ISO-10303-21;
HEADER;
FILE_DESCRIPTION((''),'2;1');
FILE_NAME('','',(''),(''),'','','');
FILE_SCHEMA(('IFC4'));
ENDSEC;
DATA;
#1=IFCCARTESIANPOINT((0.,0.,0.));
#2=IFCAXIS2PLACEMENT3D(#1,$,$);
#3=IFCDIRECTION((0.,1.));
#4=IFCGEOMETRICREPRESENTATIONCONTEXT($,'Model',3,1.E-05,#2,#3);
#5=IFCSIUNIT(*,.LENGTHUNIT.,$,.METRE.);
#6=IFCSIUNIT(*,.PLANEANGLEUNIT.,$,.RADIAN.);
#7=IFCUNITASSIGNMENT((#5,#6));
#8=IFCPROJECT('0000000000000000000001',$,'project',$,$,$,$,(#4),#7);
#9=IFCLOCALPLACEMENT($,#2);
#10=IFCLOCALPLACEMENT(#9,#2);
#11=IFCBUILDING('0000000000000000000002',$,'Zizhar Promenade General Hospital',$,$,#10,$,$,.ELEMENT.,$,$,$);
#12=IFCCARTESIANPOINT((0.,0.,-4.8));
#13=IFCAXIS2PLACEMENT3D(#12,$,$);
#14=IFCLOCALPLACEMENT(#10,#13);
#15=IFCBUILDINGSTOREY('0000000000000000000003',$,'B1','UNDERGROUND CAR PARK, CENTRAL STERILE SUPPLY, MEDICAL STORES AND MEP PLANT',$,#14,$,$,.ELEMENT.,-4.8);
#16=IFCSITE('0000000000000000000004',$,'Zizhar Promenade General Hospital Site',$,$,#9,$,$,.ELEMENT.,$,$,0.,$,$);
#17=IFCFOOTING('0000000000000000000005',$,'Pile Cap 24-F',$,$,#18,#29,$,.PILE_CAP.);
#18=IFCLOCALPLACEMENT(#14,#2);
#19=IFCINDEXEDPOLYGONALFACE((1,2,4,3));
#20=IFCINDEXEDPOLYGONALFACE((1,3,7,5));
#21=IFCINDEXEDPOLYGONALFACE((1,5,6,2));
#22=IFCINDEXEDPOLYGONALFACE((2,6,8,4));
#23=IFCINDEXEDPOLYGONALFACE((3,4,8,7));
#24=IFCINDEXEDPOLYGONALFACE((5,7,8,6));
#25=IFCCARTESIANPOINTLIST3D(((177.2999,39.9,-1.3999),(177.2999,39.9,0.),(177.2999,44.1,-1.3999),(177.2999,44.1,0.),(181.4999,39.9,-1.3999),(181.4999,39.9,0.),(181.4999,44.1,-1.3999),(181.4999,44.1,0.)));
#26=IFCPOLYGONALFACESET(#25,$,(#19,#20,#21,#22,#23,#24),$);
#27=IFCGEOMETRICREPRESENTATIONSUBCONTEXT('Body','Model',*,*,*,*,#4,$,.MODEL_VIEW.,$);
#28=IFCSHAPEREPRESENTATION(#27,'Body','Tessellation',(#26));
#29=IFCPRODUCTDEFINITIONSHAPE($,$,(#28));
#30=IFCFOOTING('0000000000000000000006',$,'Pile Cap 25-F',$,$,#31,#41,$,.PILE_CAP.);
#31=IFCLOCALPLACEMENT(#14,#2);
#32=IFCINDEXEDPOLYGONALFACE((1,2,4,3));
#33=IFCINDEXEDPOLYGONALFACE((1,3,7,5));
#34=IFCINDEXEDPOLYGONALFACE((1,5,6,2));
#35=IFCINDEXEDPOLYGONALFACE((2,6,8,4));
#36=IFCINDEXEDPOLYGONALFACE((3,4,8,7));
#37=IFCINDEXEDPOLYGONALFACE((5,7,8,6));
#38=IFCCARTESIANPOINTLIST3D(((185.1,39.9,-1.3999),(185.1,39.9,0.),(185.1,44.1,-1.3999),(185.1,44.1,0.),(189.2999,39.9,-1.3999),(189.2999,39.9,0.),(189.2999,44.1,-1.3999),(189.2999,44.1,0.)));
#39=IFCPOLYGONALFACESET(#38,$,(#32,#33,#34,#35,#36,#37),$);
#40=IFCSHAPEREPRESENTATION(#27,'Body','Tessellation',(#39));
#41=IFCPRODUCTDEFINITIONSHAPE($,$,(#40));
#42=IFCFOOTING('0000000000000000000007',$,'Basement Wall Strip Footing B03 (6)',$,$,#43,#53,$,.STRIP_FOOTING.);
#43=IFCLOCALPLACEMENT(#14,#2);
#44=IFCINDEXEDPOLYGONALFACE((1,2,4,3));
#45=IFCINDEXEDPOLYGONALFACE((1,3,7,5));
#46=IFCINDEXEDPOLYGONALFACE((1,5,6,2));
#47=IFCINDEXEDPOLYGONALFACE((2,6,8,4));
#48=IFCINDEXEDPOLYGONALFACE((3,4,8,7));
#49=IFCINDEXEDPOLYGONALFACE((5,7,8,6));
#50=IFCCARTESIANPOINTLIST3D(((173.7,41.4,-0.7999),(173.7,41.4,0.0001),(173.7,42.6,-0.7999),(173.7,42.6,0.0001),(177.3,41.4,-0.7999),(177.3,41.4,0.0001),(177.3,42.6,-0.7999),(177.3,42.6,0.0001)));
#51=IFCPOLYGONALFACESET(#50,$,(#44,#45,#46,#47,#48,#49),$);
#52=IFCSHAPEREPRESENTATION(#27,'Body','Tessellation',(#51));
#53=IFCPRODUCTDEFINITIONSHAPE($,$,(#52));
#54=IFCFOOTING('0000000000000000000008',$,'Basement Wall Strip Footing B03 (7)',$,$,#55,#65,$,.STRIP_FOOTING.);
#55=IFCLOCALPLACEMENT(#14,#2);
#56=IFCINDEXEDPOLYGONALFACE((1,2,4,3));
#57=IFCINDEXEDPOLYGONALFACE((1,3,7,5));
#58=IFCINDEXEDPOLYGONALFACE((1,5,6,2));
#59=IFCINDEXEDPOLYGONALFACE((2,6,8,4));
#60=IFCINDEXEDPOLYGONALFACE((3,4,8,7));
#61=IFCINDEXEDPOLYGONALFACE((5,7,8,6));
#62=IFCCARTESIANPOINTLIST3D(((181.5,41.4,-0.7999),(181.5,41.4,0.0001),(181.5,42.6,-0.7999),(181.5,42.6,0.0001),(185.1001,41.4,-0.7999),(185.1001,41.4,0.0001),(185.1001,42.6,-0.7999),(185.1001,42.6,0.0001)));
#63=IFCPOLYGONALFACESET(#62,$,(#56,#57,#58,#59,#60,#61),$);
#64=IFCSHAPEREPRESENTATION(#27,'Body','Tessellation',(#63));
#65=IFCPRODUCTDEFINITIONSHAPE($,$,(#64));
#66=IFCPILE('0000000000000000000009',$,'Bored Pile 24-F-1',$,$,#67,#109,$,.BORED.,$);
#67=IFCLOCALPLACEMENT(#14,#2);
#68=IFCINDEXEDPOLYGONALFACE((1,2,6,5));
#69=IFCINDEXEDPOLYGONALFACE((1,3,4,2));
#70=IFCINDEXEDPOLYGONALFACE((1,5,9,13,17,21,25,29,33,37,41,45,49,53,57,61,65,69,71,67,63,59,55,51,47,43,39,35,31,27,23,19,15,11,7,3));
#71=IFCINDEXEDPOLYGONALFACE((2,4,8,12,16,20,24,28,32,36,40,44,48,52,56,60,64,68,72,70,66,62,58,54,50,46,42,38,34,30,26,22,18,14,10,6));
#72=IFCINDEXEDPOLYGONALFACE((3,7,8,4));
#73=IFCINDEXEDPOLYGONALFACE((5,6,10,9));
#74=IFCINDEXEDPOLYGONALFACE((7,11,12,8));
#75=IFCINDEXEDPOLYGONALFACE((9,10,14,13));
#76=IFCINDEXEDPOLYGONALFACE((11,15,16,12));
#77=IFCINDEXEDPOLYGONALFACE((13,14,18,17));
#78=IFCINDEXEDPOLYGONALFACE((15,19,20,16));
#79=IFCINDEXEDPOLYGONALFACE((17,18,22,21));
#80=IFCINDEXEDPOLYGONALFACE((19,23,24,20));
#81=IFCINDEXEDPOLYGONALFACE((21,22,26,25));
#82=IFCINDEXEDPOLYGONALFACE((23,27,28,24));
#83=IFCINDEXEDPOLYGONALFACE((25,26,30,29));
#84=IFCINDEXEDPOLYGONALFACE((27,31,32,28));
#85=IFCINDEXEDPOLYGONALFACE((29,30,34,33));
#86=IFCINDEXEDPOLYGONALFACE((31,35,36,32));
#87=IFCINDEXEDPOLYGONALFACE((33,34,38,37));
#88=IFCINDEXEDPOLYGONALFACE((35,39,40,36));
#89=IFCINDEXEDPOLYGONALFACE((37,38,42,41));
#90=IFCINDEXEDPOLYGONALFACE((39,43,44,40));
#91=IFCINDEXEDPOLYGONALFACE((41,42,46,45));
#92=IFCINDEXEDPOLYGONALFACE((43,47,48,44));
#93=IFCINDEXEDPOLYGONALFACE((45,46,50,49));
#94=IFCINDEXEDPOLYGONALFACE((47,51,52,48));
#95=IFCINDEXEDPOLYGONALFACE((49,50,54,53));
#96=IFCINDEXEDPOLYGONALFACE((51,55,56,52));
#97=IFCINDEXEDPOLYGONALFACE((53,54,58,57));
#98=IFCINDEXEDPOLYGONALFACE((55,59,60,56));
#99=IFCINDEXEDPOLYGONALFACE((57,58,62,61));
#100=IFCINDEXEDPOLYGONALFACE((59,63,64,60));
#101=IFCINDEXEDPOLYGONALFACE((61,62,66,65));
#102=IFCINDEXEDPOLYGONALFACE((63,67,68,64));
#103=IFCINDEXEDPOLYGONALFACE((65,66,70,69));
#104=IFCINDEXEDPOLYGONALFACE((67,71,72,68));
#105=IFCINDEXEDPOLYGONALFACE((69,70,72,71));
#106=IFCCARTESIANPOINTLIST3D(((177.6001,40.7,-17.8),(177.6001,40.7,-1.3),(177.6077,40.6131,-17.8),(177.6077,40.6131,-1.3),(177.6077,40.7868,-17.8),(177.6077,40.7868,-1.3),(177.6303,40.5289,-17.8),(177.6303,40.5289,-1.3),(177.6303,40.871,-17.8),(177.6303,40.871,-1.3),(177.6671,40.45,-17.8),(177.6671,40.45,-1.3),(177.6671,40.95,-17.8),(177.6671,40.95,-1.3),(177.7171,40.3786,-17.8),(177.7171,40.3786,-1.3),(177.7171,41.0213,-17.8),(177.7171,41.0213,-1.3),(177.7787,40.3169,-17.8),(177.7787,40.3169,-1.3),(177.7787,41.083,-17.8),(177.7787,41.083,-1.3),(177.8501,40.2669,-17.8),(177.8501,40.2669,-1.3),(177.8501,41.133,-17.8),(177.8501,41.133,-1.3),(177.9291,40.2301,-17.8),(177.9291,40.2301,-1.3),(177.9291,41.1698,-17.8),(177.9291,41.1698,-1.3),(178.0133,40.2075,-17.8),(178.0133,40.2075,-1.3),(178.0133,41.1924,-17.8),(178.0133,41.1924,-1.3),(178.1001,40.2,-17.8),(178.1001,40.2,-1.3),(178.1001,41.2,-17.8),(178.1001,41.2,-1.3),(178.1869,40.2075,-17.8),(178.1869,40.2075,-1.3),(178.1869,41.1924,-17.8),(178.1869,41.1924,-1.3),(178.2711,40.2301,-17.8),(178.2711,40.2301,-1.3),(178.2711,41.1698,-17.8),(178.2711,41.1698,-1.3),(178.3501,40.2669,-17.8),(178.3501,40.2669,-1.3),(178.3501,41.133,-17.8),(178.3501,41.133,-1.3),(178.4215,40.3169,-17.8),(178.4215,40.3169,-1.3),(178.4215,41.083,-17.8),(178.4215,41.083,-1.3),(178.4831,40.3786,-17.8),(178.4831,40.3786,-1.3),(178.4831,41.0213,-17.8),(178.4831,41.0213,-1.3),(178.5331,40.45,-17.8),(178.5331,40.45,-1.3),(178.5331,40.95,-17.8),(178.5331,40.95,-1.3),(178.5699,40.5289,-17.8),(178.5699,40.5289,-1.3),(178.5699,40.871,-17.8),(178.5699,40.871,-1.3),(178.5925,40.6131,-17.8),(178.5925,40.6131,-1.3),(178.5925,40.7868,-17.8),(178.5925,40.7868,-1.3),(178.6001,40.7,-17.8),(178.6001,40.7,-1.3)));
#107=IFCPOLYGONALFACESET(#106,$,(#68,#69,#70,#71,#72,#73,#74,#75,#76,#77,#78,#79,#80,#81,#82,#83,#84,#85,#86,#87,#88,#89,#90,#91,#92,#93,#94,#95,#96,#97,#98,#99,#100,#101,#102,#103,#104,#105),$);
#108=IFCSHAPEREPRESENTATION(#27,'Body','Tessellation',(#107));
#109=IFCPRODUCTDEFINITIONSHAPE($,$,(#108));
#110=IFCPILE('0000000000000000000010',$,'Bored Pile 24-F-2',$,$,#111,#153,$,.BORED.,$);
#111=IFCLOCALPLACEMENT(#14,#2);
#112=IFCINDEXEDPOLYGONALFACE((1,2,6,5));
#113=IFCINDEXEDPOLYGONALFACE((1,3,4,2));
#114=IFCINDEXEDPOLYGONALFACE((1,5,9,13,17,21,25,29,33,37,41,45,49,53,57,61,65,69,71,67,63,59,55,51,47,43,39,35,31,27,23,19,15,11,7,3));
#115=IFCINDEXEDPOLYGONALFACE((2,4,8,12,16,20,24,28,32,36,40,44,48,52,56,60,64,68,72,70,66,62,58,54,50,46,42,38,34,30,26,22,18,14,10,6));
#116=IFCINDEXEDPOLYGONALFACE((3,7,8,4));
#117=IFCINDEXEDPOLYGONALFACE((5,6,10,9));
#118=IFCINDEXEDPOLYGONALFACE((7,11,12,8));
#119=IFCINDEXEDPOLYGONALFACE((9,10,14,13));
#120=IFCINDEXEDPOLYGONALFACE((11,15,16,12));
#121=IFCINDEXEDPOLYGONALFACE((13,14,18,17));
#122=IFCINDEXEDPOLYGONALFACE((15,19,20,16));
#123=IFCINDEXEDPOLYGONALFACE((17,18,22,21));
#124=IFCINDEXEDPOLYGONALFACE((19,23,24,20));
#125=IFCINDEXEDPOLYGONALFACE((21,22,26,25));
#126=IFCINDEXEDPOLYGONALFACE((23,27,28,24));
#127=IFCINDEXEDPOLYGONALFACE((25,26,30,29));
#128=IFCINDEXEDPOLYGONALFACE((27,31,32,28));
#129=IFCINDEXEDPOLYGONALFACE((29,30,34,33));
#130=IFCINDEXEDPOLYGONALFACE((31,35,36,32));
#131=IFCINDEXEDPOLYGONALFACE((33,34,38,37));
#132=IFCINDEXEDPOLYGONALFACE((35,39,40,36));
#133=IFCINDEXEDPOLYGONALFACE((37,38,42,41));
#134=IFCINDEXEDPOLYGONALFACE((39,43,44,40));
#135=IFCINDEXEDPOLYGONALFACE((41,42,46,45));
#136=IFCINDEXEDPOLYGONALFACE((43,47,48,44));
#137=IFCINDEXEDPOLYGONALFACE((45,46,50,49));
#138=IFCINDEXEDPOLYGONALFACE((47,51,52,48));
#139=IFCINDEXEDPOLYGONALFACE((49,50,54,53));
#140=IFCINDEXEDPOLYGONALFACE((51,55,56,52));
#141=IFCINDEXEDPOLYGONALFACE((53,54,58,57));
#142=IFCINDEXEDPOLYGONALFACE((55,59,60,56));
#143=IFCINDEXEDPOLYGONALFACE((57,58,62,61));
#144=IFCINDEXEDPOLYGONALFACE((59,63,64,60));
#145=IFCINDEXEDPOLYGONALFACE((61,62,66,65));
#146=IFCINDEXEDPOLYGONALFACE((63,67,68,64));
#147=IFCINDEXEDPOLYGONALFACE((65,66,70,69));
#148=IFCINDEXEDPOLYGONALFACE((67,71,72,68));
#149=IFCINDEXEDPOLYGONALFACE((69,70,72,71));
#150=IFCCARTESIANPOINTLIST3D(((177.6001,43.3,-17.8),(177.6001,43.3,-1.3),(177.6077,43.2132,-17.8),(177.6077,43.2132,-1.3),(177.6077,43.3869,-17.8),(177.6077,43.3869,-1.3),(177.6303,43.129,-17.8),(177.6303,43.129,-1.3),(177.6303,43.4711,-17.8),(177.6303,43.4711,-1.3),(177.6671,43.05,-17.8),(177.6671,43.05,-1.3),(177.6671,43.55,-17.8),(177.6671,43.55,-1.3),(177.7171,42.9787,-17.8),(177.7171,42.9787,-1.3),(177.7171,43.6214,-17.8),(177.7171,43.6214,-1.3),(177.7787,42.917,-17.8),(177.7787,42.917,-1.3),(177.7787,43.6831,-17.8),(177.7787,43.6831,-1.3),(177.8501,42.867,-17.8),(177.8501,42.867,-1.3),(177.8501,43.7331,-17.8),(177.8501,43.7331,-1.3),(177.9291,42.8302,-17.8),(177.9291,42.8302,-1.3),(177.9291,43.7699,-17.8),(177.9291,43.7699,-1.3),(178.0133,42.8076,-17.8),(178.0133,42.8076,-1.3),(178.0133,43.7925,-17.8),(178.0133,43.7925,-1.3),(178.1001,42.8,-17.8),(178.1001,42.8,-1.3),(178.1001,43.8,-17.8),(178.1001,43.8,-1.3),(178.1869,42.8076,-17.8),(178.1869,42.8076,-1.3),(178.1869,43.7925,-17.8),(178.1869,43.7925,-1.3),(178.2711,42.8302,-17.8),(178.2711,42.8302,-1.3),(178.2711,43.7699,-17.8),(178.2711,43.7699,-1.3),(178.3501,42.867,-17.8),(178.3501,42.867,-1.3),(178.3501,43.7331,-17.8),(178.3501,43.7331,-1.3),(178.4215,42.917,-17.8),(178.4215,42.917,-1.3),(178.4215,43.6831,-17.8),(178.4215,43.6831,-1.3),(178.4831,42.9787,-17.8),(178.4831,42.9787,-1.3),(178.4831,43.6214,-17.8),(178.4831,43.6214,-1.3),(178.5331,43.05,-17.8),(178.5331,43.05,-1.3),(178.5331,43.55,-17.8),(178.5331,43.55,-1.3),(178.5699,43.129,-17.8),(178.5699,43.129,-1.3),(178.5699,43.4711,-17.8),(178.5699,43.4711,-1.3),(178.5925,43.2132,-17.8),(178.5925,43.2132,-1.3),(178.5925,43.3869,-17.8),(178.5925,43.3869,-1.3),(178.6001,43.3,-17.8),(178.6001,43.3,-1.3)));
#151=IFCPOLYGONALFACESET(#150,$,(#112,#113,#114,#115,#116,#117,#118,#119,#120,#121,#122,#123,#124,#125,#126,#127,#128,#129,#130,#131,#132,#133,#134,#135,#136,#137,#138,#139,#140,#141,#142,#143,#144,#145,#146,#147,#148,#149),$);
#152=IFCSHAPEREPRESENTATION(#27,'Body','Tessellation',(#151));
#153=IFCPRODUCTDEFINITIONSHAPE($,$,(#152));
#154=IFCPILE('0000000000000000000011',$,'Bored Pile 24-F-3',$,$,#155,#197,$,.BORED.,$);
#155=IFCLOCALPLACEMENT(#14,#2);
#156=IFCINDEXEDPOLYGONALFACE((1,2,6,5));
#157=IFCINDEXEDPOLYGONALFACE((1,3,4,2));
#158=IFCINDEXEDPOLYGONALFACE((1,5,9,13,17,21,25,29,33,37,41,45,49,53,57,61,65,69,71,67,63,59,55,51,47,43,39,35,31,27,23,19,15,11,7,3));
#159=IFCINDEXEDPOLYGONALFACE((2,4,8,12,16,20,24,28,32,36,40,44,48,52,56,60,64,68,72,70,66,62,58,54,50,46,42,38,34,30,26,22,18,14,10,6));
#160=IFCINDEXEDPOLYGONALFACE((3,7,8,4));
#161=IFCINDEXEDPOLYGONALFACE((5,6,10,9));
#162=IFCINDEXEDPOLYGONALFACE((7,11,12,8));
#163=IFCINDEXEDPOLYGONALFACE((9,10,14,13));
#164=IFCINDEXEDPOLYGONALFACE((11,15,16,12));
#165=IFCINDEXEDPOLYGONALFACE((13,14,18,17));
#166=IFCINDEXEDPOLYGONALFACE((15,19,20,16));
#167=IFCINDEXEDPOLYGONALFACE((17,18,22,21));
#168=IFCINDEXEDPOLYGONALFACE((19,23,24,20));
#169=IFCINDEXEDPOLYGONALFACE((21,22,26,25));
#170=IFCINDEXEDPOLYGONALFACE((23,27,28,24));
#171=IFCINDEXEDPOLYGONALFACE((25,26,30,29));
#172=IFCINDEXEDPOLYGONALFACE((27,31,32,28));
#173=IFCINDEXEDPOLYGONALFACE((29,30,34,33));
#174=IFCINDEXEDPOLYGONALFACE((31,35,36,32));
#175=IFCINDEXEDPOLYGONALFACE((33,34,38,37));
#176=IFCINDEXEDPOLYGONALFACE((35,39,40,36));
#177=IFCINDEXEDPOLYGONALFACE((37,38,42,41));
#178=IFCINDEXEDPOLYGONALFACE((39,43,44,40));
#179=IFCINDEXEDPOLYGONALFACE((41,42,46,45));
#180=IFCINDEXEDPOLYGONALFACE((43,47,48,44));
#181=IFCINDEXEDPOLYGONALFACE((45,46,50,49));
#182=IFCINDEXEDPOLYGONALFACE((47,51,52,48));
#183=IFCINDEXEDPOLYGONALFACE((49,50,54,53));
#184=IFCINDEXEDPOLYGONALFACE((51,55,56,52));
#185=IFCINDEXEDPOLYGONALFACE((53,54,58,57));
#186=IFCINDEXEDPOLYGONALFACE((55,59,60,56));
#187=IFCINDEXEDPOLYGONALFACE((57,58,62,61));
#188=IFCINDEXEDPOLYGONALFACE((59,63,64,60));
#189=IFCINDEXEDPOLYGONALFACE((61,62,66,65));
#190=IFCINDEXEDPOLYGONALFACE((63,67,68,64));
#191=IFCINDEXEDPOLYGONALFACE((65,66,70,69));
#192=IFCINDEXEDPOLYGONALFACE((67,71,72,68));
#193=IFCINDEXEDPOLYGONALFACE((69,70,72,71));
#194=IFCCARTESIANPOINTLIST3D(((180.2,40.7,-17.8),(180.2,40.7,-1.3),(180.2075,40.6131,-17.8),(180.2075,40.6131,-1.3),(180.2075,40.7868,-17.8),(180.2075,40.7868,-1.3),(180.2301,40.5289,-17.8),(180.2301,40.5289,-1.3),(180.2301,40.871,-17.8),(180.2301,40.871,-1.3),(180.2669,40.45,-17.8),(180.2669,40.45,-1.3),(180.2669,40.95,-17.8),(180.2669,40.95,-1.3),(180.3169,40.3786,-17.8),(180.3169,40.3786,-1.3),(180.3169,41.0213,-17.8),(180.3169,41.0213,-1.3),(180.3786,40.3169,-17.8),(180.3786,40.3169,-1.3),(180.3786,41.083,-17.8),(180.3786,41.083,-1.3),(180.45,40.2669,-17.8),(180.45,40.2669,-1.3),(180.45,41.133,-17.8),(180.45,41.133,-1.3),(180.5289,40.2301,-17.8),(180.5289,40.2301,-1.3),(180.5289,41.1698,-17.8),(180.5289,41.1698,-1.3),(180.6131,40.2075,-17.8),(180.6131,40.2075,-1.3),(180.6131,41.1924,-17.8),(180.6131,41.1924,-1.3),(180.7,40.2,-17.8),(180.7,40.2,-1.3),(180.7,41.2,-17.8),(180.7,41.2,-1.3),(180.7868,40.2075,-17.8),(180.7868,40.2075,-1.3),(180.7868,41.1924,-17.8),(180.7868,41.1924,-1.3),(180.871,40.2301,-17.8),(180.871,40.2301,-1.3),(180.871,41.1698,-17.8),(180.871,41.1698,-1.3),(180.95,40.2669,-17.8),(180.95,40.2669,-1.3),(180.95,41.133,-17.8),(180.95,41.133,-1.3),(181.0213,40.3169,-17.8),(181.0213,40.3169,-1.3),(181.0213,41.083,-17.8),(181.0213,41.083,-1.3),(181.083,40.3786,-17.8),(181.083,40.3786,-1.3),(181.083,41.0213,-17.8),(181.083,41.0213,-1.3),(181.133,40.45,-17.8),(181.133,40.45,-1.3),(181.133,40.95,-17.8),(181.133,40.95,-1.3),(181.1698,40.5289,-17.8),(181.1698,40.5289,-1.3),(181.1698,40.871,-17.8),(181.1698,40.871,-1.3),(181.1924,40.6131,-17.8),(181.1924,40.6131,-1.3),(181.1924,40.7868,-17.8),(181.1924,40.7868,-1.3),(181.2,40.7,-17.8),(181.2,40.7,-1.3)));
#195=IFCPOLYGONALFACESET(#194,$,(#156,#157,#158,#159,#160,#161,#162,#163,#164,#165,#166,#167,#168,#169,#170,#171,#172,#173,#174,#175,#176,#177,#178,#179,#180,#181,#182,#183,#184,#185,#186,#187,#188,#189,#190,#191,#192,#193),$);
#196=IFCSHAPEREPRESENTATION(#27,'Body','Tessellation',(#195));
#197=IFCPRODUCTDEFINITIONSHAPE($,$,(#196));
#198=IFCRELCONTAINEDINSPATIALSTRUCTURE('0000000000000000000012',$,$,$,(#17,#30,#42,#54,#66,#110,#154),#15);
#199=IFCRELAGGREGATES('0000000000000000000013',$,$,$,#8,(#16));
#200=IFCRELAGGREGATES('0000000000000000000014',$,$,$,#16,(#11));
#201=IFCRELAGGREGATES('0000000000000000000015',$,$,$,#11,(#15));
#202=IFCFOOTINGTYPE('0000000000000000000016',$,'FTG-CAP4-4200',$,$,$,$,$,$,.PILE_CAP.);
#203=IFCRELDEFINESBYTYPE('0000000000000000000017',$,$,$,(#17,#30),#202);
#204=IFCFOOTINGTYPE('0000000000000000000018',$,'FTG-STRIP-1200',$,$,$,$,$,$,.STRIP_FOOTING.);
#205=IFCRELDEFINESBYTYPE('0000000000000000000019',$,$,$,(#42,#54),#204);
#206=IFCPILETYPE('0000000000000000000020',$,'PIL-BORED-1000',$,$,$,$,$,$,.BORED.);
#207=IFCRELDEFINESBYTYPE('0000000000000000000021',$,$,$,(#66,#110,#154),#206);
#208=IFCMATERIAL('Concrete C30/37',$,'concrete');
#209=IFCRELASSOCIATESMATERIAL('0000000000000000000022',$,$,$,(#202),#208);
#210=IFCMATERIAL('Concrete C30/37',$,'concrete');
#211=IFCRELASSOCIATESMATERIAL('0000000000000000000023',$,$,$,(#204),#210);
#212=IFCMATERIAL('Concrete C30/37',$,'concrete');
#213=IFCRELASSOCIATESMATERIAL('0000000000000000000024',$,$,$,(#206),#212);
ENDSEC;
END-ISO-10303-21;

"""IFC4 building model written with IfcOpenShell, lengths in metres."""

from ifc_helpers import new_model, si_unit, direction, frame, origin, origin_2d, place, context, subcontext, project, spatial, rectangle, circle, extrude, material, material_profile, profile_set, type_object, element, save


model = new_model("IFC4")

# Units and contexts
model_context = context("Model", 3, precision=1e-05, world=origin(), true_north=direction((0.0, 1.0)))
body_context = subcontext(model_context, "Body", "Model", "MODEL_VIEW")
ifc_project = project(units=[si_unit("LENGTHUNIT", "METRE"), si_unit("PLANEANGLEUNIT", "RADIAN")], contexts=[model_context])

# Site, building, storey
site_placement = place(None, origin())
site = spatial("IfcSite", under=ifc_project, at=site_placement, Name="Zizhar Promenade General Hospital Site", CompositionType="ELEMENT", RefElevation=0.0)
building_placement = place(site_placement, origin())
building = spatial("IfcBuilding", under=site, at=building_placement, Name="Zizhar Promenade General Hospital", CompositionType="ELEMENT")
storey_placement = place(building_placement, frame((0.0, 0.0, -4.8)))
storey = spatial("IfcBuildingStorey", under=building, at=storey_placement, Name="B1", Description="UNDERGROUND CAR PARK, CENTRAL STERILE SUPPLY, MEDICAL STORES AND MEP PLANT", CompositionType="ELEMENT", Elevation=-4.8)

# Footings
ifc_material_1 = material(Name="Concrete C30/37", Category="concrete")
footing_type_1 = type_object("IfcFootingType", Name="FTG-CAP4-4200", PredefinedType="PILE_CAP", material=ifc_material_1)
for number, where, z_axis, x_axis, name in (
    (1, (179.3999, 42.0, -1.3999), (0.0, 0.0, 1.0), (1.0, 0.0, 0.0), "Pile Cap 24-F"),
    (2, (187.2, 42.0, -1.3999), (0.0, 0.0, 1.0), (1.0, 0.0, 0.0), "Pile Cap 25-F"),
):
    element("IfcFooting", number, at=place(storey_placement, frame(where, z_axis=z_axis, x_axis=x_axis)), inside=storey, type_object=footing_type_1, Name=name, PredefinedType="PILE_CAP", context=body_context, shape_type="SweptSolid", body=[
        extrude(rectangle(XDim=4.2, YDim=4.2, at=origin_2d()), origin(), (0.0, 0.0, 1.0), 1.3999),
    ])
ifc_material_2 = material(Name="Concrete C30/37", Category="concrete")
ifc_material_profile_1 = material_profile(ifc_material_2, rectangle(XDim=1.2, YDim=0.8, at=origin_2d()))
ifc_profile_set_1 = profile_set([ifc_material_profile_1], Name="Concrete C30/37")
footing_type_2 = type_object("IfcFootingType", Name="FTG-STRIP-1200", PredefinedType="STRIP_FOOTING", material=ifc_profile_set_1)
for number, where, z_axis, x_axis, name in (
    (3, (173.7, 42.0, -0.3999), (1.0, 0.0, 0.0), (0.0, 1.0, 0.0), "Basement Wall Strip Footing B03 (6)"),
    (4, (181.5, 42.0, -0.3999), (1.0, 0.0, 0.0), (0.0, 1.0, 0.0), "Basement Wall Strip Footing B03 (7)"),
):
    element("IfcFooting", number, at=place(storey_placement, frame(where, z_axis=z_axis, x_axis=x_axis)), inside=storey, type_object=footing_type_2, Name=name, PredefinedType="STRIP_FOOTING", context=body_context, shape_type="SweptSolid", body=[
        extrude(rectangle(XDim=1.2, YDim=0.8, at=origin_2d()), origin(), (0.0, 0.0, 1.0), 3.6001),
    ])

# Piles
ifc_material_3 = material(Name="Concrete C30/37", Category="concrete")
ifc_material_profile_2 = material_profile(ifc_material_3, circle(Radius=0.5, at=origin_2d()))
ifc_profile_set_2 = profile_set([ifc_material_profile_2], Name="Concrete C30/37")
pile_type = type_object("IfcPileType", Name="PIL-BORED-1000", PredefinedType="BORED", material=ifc_profile_set_2)
for number, where, z_axis, x_axis, name in (
    (5, (178.1001, 40.7, -1.3), (0.0, 0.0, -1.0), (1.0, 0.0, 0.0), "Bored Pile 24-F-1"),
    (6, (178.1001, 43.3, -1.3), (0.0, 0.0, -1.0), (1.0, 0.0, 0.0), "Bored Pile 24-F-2"),
    (7, (180.7, 40.7, -1.3), (0.0, 0.0, -1.0), (1.0, 0.0, 0.0), "Bored Pile 24-F-3"),
):
    element("IfcPile", number, at=place(storey_placement, frame(where, z_axis=z_axis, x_axis=x_axis)), inside=storey, type_object=pile_type, Name=name, PredefinedType="BORED", context=body_context, shape_type="SweptSolid", body=[
        extrude(circle(Radius=0.5, at=origin_2d()), origin(), (0.0, 0.0, 1.0), 16.5),
    ])

save(model, "model.ifc")
